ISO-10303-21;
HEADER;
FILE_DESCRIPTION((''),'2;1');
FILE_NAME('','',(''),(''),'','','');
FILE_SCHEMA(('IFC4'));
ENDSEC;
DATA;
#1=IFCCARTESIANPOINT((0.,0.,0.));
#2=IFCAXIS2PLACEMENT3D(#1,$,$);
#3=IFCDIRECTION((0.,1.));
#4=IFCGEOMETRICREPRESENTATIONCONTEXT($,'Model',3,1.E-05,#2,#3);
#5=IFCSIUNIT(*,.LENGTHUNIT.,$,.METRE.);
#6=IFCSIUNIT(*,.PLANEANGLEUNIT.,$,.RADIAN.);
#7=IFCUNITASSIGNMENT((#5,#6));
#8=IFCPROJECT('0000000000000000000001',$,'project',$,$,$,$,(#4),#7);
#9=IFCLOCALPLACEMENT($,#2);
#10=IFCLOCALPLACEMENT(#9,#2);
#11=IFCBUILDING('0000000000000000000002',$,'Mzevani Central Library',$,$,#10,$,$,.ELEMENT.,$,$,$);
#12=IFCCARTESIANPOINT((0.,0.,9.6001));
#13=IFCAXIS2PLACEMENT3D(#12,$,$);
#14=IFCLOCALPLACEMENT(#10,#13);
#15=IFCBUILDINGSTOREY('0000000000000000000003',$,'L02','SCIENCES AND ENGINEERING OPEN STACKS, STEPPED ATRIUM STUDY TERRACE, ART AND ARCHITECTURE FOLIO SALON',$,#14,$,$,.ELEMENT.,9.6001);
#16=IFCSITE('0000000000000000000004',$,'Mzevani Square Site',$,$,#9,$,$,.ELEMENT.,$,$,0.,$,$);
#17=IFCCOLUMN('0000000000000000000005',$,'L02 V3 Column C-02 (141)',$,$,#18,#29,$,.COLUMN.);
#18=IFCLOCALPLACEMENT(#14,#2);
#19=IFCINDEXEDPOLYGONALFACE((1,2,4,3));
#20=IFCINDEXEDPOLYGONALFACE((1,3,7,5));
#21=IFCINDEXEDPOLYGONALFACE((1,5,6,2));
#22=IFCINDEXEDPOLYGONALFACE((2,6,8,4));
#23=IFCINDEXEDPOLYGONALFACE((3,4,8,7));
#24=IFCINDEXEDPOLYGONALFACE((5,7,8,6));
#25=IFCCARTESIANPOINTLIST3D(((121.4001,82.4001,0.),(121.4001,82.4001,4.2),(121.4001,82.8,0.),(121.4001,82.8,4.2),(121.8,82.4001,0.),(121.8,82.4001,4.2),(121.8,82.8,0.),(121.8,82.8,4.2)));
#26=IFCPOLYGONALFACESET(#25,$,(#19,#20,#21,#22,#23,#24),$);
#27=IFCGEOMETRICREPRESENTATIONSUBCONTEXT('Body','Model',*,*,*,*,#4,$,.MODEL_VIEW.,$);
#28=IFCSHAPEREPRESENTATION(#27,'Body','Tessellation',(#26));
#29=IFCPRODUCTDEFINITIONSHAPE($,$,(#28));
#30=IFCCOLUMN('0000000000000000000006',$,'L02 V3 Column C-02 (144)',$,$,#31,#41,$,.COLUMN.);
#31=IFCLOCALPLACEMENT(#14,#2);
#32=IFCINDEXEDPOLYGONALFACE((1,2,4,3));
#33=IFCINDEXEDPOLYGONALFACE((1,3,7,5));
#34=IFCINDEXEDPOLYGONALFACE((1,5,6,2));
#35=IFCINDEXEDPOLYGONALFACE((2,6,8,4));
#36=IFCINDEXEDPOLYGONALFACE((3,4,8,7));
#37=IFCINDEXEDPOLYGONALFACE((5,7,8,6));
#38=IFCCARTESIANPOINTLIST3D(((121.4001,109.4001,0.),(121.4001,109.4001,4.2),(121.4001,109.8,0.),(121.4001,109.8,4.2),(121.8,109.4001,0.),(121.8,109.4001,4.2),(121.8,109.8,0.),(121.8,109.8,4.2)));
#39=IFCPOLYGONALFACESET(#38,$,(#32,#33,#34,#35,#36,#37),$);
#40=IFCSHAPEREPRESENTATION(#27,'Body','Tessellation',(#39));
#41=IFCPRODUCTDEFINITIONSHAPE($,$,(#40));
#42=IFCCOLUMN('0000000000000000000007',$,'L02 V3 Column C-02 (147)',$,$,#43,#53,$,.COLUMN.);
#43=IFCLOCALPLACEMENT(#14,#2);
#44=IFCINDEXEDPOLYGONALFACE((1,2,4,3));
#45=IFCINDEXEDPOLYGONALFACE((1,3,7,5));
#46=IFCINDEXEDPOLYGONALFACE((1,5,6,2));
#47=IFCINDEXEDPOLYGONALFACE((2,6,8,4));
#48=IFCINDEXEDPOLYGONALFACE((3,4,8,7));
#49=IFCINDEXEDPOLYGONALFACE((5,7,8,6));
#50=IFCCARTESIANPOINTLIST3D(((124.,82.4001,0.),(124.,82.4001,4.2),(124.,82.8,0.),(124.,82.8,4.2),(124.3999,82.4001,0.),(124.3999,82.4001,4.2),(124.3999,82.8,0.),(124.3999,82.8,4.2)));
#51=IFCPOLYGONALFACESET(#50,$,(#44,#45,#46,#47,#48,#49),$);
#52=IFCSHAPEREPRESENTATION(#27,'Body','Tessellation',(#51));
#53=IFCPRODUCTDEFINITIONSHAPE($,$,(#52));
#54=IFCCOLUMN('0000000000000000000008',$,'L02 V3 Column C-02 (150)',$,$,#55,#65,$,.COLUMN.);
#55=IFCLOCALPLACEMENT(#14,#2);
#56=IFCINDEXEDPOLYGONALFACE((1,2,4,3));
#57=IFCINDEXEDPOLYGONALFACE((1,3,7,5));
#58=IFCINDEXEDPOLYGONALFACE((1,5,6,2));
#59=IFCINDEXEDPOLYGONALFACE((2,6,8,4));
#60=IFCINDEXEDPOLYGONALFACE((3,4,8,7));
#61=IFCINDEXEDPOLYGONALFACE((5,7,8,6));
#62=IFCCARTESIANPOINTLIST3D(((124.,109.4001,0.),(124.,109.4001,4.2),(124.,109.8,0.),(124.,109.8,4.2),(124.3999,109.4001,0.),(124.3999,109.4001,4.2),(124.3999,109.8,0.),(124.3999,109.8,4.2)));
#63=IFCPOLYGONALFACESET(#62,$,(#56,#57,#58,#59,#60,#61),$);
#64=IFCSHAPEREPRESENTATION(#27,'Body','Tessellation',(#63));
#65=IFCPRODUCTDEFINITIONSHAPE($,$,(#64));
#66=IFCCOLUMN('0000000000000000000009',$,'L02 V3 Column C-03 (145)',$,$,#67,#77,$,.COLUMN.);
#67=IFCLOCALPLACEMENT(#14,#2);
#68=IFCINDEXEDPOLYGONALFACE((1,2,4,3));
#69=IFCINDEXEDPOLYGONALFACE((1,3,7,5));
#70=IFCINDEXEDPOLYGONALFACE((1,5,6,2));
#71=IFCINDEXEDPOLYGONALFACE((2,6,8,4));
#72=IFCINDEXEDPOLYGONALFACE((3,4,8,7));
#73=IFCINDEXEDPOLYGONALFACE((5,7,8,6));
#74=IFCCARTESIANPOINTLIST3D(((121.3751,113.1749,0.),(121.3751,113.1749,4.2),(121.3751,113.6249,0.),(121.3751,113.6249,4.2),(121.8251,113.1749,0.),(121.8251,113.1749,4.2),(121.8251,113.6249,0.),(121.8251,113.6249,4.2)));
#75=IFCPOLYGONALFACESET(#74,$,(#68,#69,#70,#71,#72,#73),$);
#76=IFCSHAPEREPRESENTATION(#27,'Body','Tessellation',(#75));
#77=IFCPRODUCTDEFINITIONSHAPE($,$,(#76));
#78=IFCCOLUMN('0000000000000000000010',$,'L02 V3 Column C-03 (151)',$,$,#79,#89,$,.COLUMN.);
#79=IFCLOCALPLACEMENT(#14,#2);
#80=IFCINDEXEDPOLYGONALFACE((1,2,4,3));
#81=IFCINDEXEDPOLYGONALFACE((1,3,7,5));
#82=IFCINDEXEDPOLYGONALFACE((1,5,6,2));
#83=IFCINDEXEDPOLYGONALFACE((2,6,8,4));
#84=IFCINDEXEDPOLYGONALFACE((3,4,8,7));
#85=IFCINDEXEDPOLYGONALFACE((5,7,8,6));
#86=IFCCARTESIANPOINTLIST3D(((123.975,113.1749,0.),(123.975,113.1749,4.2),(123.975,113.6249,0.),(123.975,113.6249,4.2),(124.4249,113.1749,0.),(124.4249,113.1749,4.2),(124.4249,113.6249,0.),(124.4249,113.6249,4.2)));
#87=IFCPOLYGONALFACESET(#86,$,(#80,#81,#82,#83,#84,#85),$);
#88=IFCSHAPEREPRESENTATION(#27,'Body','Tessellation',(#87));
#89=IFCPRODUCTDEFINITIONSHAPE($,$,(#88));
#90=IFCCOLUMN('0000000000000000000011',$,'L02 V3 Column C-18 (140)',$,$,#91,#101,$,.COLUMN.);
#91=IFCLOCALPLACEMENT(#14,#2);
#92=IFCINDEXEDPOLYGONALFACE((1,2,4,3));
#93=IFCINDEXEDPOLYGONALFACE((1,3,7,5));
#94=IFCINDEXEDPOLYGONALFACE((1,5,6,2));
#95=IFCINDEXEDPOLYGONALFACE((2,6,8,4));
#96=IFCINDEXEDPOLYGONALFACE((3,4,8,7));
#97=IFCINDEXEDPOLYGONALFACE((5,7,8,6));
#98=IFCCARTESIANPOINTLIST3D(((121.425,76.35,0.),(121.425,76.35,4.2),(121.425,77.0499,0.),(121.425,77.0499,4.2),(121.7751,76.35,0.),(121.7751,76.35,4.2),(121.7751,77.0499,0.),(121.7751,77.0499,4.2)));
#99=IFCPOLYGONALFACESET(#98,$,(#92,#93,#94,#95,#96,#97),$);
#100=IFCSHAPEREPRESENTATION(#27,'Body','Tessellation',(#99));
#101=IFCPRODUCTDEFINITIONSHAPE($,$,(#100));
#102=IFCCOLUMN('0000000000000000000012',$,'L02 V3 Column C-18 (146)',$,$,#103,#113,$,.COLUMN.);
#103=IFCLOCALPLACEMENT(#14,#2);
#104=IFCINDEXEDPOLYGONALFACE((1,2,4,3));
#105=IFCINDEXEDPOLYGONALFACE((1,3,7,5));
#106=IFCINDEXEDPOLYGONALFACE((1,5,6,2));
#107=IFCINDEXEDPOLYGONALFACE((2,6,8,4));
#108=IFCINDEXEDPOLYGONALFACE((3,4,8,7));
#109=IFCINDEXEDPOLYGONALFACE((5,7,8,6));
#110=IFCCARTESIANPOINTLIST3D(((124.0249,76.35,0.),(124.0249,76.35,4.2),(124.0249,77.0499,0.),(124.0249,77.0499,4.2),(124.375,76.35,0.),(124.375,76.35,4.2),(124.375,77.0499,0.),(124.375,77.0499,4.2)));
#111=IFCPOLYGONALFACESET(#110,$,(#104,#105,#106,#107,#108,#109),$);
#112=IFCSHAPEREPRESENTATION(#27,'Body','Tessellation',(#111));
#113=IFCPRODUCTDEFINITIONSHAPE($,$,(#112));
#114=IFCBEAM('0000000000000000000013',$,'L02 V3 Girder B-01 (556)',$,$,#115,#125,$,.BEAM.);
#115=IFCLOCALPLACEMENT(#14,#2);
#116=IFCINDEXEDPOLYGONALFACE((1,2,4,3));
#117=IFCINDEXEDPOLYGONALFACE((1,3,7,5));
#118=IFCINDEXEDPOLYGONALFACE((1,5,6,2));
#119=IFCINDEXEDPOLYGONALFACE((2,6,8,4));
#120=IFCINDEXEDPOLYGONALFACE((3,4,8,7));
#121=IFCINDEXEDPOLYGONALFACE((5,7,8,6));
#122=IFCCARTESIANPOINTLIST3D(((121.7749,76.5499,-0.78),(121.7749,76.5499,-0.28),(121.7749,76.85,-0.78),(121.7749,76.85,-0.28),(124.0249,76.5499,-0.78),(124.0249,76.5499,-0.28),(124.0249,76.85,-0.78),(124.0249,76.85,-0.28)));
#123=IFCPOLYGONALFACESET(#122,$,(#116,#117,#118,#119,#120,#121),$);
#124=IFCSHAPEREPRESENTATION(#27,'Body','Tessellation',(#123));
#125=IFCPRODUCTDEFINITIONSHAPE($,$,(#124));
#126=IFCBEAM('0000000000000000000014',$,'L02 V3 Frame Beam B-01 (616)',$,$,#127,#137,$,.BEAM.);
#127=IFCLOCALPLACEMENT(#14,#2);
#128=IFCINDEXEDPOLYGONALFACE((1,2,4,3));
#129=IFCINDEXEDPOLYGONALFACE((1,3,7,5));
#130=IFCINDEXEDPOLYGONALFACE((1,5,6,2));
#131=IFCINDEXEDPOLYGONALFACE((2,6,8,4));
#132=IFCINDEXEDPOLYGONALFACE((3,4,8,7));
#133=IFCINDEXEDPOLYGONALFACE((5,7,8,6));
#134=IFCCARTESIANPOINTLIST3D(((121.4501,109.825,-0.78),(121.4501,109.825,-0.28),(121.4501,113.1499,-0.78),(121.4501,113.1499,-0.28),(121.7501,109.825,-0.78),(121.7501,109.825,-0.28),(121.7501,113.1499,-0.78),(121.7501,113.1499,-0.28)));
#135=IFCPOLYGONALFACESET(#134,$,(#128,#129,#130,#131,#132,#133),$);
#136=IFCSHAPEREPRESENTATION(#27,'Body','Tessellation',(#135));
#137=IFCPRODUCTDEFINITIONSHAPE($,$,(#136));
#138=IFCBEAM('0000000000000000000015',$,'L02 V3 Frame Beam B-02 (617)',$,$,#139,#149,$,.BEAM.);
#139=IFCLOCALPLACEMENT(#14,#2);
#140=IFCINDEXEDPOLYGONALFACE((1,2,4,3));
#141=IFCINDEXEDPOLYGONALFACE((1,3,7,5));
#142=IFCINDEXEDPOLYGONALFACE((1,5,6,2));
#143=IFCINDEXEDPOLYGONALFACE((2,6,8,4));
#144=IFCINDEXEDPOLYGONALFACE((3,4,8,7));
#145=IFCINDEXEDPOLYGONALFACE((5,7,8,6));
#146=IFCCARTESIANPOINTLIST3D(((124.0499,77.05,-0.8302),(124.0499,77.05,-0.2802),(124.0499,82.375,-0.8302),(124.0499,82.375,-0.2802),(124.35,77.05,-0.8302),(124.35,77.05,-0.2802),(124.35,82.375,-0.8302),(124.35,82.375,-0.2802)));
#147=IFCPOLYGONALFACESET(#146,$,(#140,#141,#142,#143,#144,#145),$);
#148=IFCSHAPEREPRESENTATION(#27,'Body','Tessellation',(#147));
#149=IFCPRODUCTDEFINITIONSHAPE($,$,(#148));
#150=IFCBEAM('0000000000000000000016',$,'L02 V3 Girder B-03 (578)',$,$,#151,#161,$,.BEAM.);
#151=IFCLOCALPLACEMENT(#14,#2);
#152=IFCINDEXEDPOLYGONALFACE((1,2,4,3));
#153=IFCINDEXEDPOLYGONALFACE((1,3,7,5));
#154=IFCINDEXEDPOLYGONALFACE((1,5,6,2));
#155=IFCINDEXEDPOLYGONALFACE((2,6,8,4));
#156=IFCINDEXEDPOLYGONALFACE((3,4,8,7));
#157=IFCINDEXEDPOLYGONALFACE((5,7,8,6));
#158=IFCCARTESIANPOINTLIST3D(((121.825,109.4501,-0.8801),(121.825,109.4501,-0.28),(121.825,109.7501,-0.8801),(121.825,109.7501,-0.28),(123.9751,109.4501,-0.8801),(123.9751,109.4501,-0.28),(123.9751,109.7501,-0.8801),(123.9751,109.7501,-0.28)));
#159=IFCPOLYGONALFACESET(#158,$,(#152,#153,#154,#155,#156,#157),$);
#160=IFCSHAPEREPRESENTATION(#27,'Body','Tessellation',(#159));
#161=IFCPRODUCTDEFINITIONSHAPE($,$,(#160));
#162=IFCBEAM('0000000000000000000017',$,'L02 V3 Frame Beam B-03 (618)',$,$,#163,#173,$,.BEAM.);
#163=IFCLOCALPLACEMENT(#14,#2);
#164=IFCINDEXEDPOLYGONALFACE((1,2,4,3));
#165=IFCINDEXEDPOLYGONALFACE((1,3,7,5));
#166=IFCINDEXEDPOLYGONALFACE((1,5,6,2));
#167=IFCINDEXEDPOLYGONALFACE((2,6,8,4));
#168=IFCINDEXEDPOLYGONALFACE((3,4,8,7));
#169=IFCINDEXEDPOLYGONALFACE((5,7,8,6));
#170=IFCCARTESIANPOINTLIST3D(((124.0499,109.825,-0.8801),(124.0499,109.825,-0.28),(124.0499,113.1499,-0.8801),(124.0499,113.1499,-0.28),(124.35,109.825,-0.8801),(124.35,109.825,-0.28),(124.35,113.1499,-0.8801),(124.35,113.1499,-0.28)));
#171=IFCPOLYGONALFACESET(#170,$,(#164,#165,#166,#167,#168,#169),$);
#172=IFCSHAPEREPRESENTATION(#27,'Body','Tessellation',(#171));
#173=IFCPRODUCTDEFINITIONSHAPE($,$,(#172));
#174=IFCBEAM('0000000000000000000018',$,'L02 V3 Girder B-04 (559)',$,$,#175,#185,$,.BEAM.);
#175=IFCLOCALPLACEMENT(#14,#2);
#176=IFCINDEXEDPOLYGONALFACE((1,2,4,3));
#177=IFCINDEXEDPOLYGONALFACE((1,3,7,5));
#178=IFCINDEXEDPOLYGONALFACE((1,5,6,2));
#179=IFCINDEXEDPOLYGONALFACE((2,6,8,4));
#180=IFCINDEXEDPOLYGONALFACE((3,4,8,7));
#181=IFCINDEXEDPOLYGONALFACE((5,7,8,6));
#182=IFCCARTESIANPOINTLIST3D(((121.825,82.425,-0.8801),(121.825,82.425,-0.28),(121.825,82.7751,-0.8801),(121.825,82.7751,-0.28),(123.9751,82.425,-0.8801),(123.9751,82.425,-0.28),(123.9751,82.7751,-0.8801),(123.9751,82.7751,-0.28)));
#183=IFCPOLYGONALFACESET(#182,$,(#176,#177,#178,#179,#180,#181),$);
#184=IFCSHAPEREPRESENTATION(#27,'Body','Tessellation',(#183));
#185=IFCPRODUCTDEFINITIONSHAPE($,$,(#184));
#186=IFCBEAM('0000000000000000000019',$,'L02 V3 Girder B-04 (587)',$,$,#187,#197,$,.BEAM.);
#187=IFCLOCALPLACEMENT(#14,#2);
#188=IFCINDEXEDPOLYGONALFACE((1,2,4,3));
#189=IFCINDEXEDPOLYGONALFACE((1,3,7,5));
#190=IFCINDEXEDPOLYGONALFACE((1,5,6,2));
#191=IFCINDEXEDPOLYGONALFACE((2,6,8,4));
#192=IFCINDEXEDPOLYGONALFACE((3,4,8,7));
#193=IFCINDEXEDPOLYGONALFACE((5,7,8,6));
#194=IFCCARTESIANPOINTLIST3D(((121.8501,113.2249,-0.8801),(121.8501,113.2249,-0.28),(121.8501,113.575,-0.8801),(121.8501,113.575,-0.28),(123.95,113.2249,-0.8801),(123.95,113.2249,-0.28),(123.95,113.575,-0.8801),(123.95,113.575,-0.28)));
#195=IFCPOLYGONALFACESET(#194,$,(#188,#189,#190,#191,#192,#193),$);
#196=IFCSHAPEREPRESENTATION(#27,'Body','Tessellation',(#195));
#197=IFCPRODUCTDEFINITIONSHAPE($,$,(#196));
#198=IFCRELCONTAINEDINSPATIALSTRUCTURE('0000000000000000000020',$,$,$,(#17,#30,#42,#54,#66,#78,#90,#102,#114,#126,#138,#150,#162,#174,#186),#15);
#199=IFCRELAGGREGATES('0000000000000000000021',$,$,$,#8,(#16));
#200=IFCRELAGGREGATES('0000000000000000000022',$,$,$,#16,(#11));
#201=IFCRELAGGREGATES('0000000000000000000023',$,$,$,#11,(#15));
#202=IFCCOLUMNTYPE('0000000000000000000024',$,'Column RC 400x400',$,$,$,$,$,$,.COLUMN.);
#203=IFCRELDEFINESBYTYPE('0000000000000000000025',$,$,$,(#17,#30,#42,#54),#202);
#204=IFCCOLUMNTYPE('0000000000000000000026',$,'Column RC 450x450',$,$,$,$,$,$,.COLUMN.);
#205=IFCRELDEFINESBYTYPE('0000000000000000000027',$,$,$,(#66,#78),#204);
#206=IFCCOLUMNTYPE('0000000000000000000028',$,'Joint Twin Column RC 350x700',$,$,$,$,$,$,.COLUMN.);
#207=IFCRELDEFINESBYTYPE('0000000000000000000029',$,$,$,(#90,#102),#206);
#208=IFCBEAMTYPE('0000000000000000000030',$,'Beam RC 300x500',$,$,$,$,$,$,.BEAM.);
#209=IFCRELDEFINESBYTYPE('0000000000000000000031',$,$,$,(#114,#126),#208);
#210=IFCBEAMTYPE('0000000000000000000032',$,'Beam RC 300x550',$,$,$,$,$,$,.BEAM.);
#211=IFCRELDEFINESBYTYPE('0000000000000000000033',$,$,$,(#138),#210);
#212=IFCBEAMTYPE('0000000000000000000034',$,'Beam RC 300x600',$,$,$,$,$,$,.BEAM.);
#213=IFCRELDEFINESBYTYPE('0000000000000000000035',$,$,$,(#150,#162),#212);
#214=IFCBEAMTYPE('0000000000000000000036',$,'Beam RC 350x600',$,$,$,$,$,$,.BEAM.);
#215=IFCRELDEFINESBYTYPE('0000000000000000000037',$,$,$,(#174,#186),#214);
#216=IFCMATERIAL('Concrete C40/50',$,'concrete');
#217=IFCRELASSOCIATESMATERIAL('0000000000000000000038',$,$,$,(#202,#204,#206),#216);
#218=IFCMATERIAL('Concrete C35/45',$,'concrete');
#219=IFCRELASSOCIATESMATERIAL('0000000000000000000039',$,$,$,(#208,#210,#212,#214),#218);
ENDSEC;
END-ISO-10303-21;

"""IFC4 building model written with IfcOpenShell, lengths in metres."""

from ifc_helpers import new_model, si_unit, direction, frame, origin, origin_2d, place, context, subcontext, project, spatial, rectangle, extrude, material, material_profile, profile_set, type_object, element, save


model = new_model("IFC4")

# Units and contexts
model_context = context("Model", 3, precision=1e-05, world=origin(), true_north=direction((0.0, 1.0)))
body_context = subcontext(model_context, "Body", "Model", "MODEL_VIEW")
ifc_project = project(units=[si_unit("LENGTHUNIT", "METRE"), si_unit("PLANEANGLEUNIT", "RADIAN")], contexts=[model_context])

# Site, building, storey
site_placement = place(None, origin())
site = spatial("IfcSite", under=ifc_project, at=site_placement, Name="Mzevani Square Site", CompositionType="ELEMENT", RefElevation=0.0)
building_placement = place(site_placement, origin())
building = spatial("IfcBuilding", under=site, at=building_placement, Name="Mzevani Central Library", CompositionType="ELEMENT")
storey_placement = place(building_placement, frame((0.0, 0.0, 9.6001)))
storey = spatial("IfcBuildingStorey", under=building, at=storey_placement, Name="L02", Description="SCIENCES AND ENGINEERING OPEN STACKS, STEPPED ATRIUM STUDY TERRACE, ART AND ARCHITECTURE FOLIO SALON", CompositionType="ELEMENT", Elevation=9.6001)

# Columns
ifc_material_1 = material(Name="Concrete C40/50", Category="concrete")
ifc_material_profile_1 = material_profile(ifc_material_1, rectangle(XDim=0.3999, YDim=0.3999, at=origin_2d()), Name="RC 400x400")
ifc_profile_set_1 = profile_set([ifc_material_profile_1], Name="Concrete C40/50")
column_type_1 = type_object("IfcColumnType", Name="Column RC 400x400", PredefinedType="COLUMN", material=ifc_profile_set_1)
for number, where, z_axis, x_axis, name in (
    (1, (121.6001, 82.6001, 0.0), (0.0, 0.0, 1.0), (1.0, 0.0, 0.0), "L02 V3 Column C-02 (141)"),
    (2, (121.6001, 109.6001, 0.0), (0.0, 0.0, 1.0), (1.0, 0.0, 0.0), "L02 V3 Column C-02 (144)"),
    (3, (124.2, 82.6001, 0.0), (0.0, 0.0, 1.0), (1.0, 0.0, 0.0), "L02 V3 Column C-02 (147)"),
    (4, (124.2, 109.6001, 0.0), (0.0, 0.0, 1.0), (1.0, 0.0, 0.0), "L02 V3 Column C-02 (150)"),
):
    element("IfcColumn", number, at=place(storey_placement, frame(where, z_axis=z_axis, x_axis=x_axis)), inside=storey, type_object=column_type_1, Name=name, PredefinedType="COLUMN", context=body_context, shape_type="SweptSolid", body=[
        extrude(rectangle(XDim=0.3999, YDim=0.3999, at=origin_2d()), origin(), (0.0, 0.0, 1.0), 4.2),
    ])
ifc_material_profile_2 = material_profile(ifc_material_1, rectangle(XDim=0.45, YDim=0.45, at=origin_2d()), Name="RC 450x450")
ifc_profile_set_2 = profile_set([ifc_material_profile_2], Name="Concrete C40/50")
column_type_2 = type_object("IfcColumnType", Name="Column RC 450x450", PredefinedType="COLUMN", material=ifc_profile_set_2)
for number, where, z_axis, x_axis, name in (
    (5, (121.6001, 113.3999, 0.0), (0.0, 0.0, 1.0), (1.0, 0.0, 0.0), "L02 V3 Column C-03 (145)"),
    (6, (124.2, 113.3999, 0.0), (0.0, 0.0, 1.0), (1.0, 0.0, 0.0), "L02 V3 Column C-03 (151)"),
):
    element("IfcColumn", number, at=place(storey_placement, frame(where, z_axis=z_axis, x_axis=x_axis)), inside=storey, type_object=column_type_2, Name=name, PredefinedType="COLUMN", context=body_context, shape_type="SweptSolid", body=[
        extrude(rectangle(XDim=0.45, YDim=0.45, at=origin_2d()), origin(), (0.0, 0.0, 1.0), 4.2),
    ])
ifc_material_profile_3 = material_profile(ifc_material_1, rectangle(XDim=0.3501, YDim=0.7, at=origin_2d()), Name="RC 350x700")
ifc_profile_set_3 = profile_set([ifc_material_profile_3], Name="Concrete C40/50")
column_type_3 = type_object("IfcColumnType", Name="Joint Twin Column RC 350x700", PredefinedType="COLUMN", material=ifc_profile_set_3)
for number, where, z_axis, x_axis, name in (
    (7, (121.6001, 76.7, 0.0), (0.0, 0.0, 1.0), (1.0, 0.0, 0.0), "L02 V3 Column C-18 (140)"),
    (8, (124.2, 76.7, 0.0), (0.0, 0.0, 1.0), (1.0, 0.0, 0.0), "L02 V3 Column C-18 (146)"),
):
    element("IfcColumn", number, at=place(storey_placement, frame(where, z_axis=z_axis, x_axis=x_axis)), inside=storey, type_object=column_type_3, Name=name, PredefinedType="COLUMN", context=body_context, shape_type="SweptSolid", body=[
        extrude(rectangle(XDim=0.3501, YDim=0.7, at=origin_2d()), origin(), (0.0, 0.0, 1.0), 4.2),
    ])

# Beams
ifc_material_2 = material(Name="Concrete C35/45", Category="concrete")
ifc_material_profile_4 = material_profile(ifc_material_2, rectangle(XDim=0.3, YDim=0.5, at=origin_2d()), Name="RC B300x500")
ifc_profile_set_4 = profile_set([ifc_material_profile_4], Name="Concrete C35/45")
beam_type_1 = type_object("IfcBeamType", Name="Beam RC 300x500", PredefinedType="BEAM", material=ifc_profile_set_4)
beam_1_placement = place(storey_placement, frame((121.7749, 76.7, -0.53), z_axis=(1.0, 0.0, 0.0), x_axis=(0.0, 1.0, 0.0)))
element("IfcBeam", 9, at=beam_1_placement, inside=storey, type_object=beam_type_1, Name="L02 V3 Girder B-01 (556)", PredefinedType="BEAM", context=body_context, shape_type="SweptSolid", body=[
    extrude(rectangle(XDim=0.3, YDim=0.5, at=origin_2d()), origin(), (0.0, 0.0, 1.0), 2.25),
])
beam_2_placement = place(storey_placement, frame((121.6001, 109.825, -0.53), z_axis=(0.0, 1.0, 0.0), x_axis=(-1.0, 0.0, 0.0)))
element("IfcBeam", 10, at=beam_2_placement, inside=storey, type_object=beam_type_1, Name="L02 V3 Frame Beam B-01 (616)", PredefinedType="BEAM", context=body_context, shape_type="SweptSolid", body=[
    extrude(rectangle(XDim=0.3, YDim=0.5, at=origin_2d()), origin(), (0.0, 0.0, 1.0), 3.325),
])
ifc_material_profile_5 = material_profile(ifc_material_2, rectangle(XDim=0.3, YDim=0.55, at=origin_2d()), Name="RC B300x550")
ifc_profile_set_5 = profile_set([ifc_material_profile_5], Name="Concrete C35/45")
beam_type_2 = type_object("IfcBeamType", Name="Beam RC 300x550", PredefinedType="BEAM", material=ifc_profile_set_5)
beam_3_placement = place(storey_placement, frame((124.2, 77.05, -0.5552), z_axis=(0.0, 1.0, 0.0), x_axis=(-1.0, 0.0, 0.0)))
element("IfcBeam", 11, at=beam_3_placement, inside=storey, type_object=beam_type_2, Name="L02 V3 Frame Beam B-02 (617)", PredefinedType="BEAM", context=body_context, shape_type="SweptSolid", body=[
    extrude(rectangle(XDim=0.3, YDim=0.55, at=origin_2d()), origin(), (0.0, 0.0, 1.0), 5.325),
])
ifc_material_profile_6 = material_profile(ifc_material_2, rectangle(XDim=0.3, YDim=0.6001, at=origin_2d()), Name="RC B300x600")
ifc_profile_set_6 = profile_set([ifc_material_profile_6], Name="Concrete C35/45")
beam_type_3 = type_object("IfcBeamType", Name="Beam RC 300x600", PredefinedType="BEAM", material=ifc_profile_set_6)
beam_4_placement = place(storey_placement, frame((121.825, 109.6001, -0.5801), z_axis=(1.0, 0.0, 0.0), x_axis=(0.0, 1.0, 0.0)))
element("IfcBeam", 12, at=beam_4_placement, inside=storey, type_object=beam_type_3, Name="L02 V3 Girder B-03 (578)", PredefinedType="BEAM", context=body_context, shape_type="SweptSolid", body=[
    extrude(rectangle(XDim=0.3, YDim=0.6001, at=origin_2d()), origin(), (0.0, 0.0, 1.0), 2.1501),
])
beam_5_placement = place(storey_placement, frame((124.2, 109.825, -0.5801), z_axis=(0.0, 1.0, 0.0), x_axis=(-1.0, 0.0, 0.0)))
element("IfcBeam", 13, at=beam_5_placement, inside=storey, type_object=beam_type_3, Name="L02 V3 Frame Beam B-03 (618)", PredefinedType="BEAM", context=body_context, shape_type="SweptSolid", body=[
    extrude(rectangle(XDim=0.3, YDim=0.6001, at=origin_2d()), origin(), (0.0, 0.0, 1.0), 3.325),
])
ifc_material_profile_7 = material_profile(ifc_material_2, rectangle(XDim=0.3501, YDim=0.6001, at=origin_2d()), Name="RC B350x600")
ifc_profile_set_7 = profile_set([ifc_material_profile_7], Name="Concrete C35/45")
beam_type_4 = type_object("IfcBeamType", Name="Beam RC 350x600", PredefinedType="BEAM", material=ifc_profile_set_7)
beam_6_placement = place(storey_placement, frame((121.825, 82.6001, -0.5801), z_axis=(1.0, 0.0, 0.0), x_axis=(0.0, 1.0, 0.0)))
element("IfcBeam", 14, at=beam_6_placement, inside=storey, type_object=beam_type_4, Name="L02 V3 Girder B-04 (559)", PredefinedType="BEAM", context=body_context, shape_type="SweptSolid", body=[
    extrude(rectangle(XDim=0.3501, YDim=0.6001, at=origin_2d()), origin(), (0.0, 0.0, 1.0), 2.1501),
])
beam_7_placement = place(storey_placement, frame((121.8501, 113.3999, -0.5801), z_axis=(1.0, 0.0, 0.0), x_axis=(0.0, 1.0, 0.0)))
element("IfcBeam", 15, at=beam_7_placement, inside=storey, type_object=beam_type_4, Name="L02 V3 Girder B-04 (587)", PredefinedType="BEAM", context=body_context, shape_type="SweptSolid", body=[
    extrude(rectangle(XDim=0.3501, YDim=0.6001, at=origin_2d()), origin(), (0.0, 0.0, 1.0), 2.0999),
])

save(model, "model.ifc")
